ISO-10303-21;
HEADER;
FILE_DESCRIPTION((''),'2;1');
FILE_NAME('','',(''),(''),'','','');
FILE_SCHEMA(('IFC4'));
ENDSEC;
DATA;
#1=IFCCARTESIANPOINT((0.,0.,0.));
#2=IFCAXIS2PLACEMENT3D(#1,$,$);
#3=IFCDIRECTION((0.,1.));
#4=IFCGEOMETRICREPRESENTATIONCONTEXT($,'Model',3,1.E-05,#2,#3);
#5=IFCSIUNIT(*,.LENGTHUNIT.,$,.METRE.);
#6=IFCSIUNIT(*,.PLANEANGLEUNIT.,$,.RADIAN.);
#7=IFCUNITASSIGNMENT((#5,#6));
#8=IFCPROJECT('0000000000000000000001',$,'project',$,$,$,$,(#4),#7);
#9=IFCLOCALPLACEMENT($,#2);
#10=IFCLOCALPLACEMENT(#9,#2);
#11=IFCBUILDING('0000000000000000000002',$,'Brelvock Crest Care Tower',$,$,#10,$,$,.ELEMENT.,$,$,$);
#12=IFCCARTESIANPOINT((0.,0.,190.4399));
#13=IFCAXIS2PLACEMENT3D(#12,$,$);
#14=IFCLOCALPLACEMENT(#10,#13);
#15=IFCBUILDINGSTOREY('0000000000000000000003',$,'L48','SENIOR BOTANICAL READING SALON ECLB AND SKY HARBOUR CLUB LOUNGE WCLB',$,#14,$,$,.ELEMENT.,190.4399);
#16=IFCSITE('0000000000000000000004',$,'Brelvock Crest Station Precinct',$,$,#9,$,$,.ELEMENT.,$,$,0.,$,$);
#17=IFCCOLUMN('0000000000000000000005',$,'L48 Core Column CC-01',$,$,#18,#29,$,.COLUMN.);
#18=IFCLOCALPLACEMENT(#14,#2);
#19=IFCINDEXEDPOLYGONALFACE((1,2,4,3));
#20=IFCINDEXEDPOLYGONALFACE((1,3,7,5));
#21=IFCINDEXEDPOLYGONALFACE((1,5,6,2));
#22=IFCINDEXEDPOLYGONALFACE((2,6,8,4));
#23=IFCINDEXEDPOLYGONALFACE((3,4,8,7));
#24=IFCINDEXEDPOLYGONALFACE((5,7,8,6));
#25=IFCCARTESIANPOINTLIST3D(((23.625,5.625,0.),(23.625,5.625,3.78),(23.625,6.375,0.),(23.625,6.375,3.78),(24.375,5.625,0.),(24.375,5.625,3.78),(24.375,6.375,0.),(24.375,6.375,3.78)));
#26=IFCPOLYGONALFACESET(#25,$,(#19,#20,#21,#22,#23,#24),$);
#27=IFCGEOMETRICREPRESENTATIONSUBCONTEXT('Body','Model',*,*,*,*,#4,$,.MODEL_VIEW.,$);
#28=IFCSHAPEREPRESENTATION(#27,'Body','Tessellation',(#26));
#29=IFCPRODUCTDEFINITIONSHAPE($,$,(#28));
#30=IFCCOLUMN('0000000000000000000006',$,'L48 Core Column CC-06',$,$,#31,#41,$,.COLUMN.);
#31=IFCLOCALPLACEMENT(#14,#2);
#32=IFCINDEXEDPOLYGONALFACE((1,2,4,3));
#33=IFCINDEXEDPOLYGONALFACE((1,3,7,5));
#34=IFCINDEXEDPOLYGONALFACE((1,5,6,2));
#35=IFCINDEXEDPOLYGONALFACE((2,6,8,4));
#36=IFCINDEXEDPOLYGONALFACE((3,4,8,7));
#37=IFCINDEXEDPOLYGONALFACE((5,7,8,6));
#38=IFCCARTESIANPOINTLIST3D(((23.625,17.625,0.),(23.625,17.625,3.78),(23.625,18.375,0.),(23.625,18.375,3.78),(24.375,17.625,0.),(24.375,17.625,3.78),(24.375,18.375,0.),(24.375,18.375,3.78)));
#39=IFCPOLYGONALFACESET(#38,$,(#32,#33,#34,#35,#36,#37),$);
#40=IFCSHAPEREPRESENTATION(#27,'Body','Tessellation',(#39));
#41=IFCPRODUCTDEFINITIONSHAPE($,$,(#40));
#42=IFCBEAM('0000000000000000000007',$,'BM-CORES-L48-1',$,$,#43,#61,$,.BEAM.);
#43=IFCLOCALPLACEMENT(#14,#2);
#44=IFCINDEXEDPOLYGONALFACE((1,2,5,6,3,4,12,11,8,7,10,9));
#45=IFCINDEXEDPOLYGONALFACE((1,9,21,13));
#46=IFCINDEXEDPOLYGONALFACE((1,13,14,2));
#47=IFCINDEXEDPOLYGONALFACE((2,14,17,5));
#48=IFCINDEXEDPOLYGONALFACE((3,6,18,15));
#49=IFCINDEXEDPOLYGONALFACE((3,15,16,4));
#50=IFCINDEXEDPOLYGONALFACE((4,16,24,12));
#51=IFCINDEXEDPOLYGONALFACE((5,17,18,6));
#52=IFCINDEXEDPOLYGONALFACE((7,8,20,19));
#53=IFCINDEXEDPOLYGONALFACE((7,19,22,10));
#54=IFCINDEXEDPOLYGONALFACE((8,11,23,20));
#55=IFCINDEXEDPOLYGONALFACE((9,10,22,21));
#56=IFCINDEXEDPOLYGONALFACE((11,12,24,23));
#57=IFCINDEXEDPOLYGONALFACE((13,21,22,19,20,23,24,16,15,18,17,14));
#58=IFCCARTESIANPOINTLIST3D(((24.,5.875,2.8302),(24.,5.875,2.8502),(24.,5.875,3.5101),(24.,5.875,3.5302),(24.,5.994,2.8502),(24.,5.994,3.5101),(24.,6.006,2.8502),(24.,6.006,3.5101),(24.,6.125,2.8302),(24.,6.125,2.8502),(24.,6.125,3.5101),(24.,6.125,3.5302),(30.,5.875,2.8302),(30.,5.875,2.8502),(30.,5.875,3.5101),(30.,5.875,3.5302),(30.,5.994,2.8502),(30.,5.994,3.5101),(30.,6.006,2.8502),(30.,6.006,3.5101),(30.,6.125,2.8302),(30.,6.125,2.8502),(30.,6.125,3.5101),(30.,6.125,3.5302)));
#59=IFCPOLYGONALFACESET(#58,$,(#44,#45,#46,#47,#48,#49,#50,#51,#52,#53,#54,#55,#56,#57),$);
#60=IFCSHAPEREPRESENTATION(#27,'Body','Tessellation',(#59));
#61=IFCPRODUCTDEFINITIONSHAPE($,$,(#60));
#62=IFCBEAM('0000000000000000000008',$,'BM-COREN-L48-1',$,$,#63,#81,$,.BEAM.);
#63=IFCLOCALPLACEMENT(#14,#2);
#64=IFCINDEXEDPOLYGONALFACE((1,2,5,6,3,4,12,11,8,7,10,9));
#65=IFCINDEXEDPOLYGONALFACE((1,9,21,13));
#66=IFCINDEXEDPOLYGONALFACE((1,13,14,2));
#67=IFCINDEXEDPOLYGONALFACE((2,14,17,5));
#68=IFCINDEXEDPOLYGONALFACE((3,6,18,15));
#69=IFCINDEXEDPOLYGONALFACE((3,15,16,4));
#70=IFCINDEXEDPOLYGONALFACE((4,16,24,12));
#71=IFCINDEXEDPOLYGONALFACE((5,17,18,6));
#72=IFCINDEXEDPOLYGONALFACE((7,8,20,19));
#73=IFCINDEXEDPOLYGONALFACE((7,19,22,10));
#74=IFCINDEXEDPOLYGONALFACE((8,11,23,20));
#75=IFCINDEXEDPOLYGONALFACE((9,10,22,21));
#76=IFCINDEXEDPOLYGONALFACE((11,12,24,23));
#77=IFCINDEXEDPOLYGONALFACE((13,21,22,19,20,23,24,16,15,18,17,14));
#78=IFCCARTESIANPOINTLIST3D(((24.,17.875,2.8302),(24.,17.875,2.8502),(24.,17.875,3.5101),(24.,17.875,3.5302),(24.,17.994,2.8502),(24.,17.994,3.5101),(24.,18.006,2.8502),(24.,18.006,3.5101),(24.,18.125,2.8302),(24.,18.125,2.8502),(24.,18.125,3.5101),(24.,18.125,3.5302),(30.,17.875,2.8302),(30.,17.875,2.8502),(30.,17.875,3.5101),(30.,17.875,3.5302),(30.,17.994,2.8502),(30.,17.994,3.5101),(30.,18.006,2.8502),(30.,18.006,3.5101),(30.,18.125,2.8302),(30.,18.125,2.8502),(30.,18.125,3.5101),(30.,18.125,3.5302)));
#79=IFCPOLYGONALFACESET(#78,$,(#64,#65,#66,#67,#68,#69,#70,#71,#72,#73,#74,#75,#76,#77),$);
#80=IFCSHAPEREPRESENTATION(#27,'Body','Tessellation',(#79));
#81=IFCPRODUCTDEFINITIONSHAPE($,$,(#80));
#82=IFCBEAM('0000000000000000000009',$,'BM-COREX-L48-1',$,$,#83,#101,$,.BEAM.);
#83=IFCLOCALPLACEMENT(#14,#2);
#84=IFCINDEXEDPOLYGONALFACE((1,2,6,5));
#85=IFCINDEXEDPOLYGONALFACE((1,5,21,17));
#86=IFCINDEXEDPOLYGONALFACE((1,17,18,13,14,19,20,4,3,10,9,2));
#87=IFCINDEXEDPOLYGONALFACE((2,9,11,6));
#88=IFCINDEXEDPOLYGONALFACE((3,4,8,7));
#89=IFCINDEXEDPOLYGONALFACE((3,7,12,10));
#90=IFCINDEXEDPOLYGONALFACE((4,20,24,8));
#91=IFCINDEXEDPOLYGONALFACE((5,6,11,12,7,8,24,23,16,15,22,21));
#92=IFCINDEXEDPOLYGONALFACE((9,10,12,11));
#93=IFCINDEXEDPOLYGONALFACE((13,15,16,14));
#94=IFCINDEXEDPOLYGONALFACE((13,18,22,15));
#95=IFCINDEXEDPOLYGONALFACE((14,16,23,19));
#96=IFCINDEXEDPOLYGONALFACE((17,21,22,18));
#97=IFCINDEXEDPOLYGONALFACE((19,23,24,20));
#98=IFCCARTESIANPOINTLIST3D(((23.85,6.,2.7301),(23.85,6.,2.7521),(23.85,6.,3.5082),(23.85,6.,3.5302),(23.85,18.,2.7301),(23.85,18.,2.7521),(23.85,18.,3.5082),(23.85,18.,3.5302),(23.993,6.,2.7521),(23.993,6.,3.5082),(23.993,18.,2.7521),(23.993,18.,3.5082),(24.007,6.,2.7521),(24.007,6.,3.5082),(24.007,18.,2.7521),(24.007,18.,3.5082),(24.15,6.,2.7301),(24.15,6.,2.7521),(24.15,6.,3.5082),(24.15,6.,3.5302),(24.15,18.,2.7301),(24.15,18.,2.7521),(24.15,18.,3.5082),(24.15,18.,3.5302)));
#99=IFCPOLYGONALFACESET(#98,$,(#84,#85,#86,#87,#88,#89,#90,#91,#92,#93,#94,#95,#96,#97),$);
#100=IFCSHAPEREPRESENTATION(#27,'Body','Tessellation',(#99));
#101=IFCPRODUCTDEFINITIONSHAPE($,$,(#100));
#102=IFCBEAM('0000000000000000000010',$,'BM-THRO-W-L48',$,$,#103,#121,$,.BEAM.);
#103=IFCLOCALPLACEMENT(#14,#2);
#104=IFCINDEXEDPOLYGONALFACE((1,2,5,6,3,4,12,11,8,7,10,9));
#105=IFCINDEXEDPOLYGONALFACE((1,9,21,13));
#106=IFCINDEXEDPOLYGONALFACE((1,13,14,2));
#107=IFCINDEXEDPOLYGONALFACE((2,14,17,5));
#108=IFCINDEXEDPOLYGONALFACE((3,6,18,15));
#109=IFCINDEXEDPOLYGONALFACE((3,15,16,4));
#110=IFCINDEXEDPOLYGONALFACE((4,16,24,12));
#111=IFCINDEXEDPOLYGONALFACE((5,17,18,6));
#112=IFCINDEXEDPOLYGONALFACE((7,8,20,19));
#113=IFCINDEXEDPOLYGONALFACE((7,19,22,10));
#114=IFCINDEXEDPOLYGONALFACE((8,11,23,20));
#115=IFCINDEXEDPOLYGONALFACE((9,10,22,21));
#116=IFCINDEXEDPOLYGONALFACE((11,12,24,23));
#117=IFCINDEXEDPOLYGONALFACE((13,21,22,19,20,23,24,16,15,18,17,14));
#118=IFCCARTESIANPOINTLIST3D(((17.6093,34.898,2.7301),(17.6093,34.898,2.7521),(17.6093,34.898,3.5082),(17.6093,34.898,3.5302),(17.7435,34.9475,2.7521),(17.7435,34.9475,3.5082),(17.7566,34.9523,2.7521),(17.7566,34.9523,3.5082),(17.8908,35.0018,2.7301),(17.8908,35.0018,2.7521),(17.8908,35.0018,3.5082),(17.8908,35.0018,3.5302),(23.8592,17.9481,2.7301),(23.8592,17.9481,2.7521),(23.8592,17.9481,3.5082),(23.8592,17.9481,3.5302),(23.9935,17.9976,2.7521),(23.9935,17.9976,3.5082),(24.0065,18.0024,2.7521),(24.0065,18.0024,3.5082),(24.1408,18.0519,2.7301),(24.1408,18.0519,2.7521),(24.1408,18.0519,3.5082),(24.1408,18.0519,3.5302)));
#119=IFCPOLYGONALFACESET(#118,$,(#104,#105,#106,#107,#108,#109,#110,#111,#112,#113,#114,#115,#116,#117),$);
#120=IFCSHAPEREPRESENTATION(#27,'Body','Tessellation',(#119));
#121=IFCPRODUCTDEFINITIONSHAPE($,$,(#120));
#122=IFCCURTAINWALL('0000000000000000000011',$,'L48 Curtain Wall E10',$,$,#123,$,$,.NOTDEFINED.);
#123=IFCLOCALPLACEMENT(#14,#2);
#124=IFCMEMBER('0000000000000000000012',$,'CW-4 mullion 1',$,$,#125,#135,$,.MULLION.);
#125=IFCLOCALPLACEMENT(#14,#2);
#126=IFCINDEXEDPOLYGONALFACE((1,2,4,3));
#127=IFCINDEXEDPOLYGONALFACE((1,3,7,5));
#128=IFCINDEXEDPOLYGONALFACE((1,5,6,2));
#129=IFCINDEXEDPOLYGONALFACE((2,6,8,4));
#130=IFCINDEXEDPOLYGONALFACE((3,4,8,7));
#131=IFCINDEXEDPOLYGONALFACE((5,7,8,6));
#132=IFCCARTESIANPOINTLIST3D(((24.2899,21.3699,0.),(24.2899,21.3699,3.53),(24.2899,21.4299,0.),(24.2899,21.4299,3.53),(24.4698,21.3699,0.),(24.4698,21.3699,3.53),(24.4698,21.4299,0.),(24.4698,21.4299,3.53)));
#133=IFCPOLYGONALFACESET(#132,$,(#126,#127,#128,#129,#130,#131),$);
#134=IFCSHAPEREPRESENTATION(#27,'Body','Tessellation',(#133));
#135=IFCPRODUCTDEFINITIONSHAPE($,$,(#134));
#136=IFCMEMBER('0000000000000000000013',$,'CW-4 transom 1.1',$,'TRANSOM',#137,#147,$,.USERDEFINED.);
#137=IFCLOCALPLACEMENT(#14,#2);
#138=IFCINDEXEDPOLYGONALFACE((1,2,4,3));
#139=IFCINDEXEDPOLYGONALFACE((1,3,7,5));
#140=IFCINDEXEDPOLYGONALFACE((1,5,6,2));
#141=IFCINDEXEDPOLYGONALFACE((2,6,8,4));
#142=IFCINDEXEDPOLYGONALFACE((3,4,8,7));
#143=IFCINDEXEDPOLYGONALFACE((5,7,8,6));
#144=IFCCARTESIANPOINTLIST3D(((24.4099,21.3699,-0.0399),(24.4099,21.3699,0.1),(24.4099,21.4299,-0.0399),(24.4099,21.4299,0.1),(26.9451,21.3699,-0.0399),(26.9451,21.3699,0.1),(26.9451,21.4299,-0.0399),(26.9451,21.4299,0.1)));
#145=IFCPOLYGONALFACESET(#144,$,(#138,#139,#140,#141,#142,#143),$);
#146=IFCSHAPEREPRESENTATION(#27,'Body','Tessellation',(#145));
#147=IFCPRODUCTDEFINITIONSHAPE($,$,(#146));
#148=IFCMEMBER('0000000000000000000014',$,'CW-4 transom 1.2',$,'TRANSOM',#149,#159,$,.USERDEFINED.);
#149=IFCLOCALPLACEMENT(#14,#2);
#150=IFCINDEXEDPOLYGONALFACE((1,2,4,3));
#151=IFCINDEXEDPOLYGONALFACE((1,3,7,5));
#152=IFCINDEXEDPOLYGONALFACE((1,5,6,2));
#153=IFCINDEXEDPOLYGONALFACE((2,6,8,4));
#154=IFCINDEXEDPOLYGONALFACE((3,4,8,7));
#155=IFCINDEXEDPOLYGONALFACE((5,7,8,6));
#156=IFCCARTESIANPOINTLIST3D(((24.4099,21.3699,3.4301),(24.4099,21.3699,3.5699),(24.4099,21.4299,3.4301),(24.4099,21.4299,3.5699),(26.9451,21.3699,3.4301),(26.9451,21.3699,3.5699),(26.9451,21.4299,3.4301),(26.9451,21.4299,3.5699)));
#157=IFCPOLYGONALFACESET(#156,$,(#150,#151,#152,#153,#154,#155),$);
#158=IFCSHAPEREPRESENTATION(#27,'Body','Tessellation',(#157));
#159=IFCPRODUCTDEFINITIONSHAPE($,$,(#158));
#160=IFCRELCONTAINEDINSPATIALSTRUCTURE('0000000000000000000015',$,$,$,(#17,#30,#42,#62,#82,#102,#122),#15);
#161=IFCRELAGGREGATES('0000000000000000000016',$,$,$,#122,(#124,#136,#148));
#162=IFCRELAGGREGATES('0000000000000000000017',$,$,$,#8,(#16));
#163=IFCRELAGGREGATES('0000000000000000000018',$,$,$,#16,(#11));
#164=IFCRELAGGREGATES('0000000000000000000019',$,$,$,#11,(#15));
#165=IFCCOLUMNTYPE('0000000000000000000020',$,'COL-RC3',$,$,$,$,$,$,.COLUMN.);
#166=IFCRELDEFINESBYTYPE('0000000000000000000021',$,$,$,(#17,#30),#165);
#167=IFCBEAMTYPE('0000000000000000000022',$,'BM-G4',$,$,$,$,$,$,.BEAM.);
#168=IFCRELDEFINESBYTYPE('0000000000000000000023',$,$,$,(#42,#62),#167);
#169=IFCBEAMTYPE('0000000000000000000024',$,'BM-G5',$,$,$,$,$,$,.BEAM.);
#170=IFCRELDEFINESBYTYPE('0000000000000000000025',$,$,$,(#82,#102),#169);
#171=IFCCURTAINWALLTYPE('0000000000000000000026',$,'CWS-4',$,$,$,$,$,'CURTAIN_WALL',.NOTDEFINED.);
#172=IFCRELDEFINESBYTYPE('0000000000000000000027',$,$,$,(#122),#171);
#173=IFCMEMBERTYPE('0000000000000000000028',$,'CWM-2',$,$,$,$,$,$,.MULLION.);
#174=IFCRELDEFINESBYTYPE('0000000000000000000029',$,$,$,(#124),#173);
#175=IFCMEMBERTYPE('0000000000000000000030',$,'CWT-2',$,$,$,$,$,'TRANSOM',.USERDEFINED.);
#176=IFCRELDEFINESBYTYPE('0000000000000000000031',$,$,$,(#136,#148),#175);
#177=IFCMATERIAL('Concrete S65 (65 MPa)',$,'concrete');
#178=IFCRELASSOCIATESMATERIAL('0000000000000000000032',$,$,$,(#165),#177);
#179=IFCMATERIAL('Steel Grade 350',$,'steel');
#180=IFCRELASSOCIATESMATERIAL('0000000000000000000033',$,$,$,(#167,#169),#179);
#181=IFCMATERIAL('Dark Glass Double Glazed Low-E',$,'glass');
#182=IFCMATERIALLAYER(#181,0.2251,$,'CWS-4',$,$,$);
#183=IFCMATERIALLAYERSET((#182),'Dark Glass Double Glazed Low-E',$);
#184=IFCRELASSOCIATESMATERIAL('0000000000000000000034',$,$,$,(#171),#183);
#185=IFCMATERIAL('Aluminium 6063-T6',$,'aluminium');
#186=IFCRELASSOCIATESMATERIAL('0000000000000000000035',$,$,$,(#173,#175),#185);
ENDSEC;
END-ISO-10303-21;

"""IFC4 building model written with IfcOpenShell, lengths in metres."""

from ifc_helpers import new_model, si_unit, direction, frame, origin, origin_2d, place, context, subcontext, project, spatial, rectangle, i_section, extrude, source, transform, mapped, material, layer, layer_set, material_profile, profile_set, type_object, element, aggregate, save


model = new_model("IFC4")

# Units and contexts
model_context = context("Model", 3, precision=1e-05, world=origin(), true_north=direction((0.0, 1.0)))
body_context = subcontext(model_context, "Body", "Model", "MODEL_VIEW")
ifc_project = project(units=[si_unit("LENGTHUNIT", "METRE"), si_unit("PLANEANGLEUNIT", "RADIAN")], contexts=[model_context])

# Site, building, storey
site_placement = place(None, origin())
site = spatial("IfcSite", under=ifc_project, at=site_placement, Name="Brelvock Crest Station Precinct", CompositionType="ELEMENT", RefElevation=0.0)
building_placement = place(site_placement, origin())
building = spatial("IfcBuilding", under=site, at=building_placement, Name="Brelvock Crest Care Tower", CompositionType="ELEMENT")
storey_placement = place(building_placement, frame((0.0, 0.0, 190.4399)))
storey = spatial("IfcBuildingStorey", under=building, at=storey_placement, Name="L48", Description="SENIOR BOTANICAL READING SALON ECLB AND SKY HARBOUR CLUB LOUNGE WCLB", CompositionType="ELEMENT", Elevation=190.4399)

# Columns
ifc_material_1 = material(Name="Concrete S65 (65 MPa)", Category="concrete")
ifc_material_profile_1 = material_profile(ifc_material_1, rectangle(XDim=0.75, YDim=0.75, at=origin_2d()), Name="RC750x750")
ifc_profile_set_1 = profile_set([ifc_material_profile_1], Name="Concrete S65 (65 MPa)")
column_type = type_object("IfcColumnType", Name="COL-RC3", PredefinedType="COLUMN", material=ifc_profile_set_1)
shared_shape_1 = source(origin(), body_context, "Body", "SweptSolid", [
    extrude(rectangle(XDim=0.75, YDim=0.75, at=origin_2d()), origin(), (0.0, 0.0, 1.0), 3.78),
])
for number, where, z_axis, x_axis, name in (
    (1, (24.0, 6.0, 0.0), (0.0, 0.0, 1.0), (1.0, 0.0, 0.0), "L48 Core Column CC-01"),
    (2, (24.0, 18.0, 0.0), (0.0, 0.0, 1.0), (1.0, 0.0, 0.0), "L48 Core Column CC-06"),
):
    element("IfcColumn", number, at=place(storey_placement, frame(where, z_axis=z_axis, x_axis=x_axis)), inside=storey, type_object=column_type, Name=name, PredefinedType="COLUMN", context=body_context, shape_type="MappedRepresentation", body=[
        mapped(shared_shape_1, transform((0.0, 0.0, 0.0), x_axis=(1.0, 0.0, 0.0), y_axis=(0.0, 1.0, 0.0), z_axis=(0.0, 0.0, 1.0), scale=1.0)),
    ])

# Beams
ifc_material_2 = material(Name="Steel Grade 350", Category="steel")
ifc_material_profile_2 = material_profile(ifc_material_2, i_section(OverallWidth=0.25, OverallDepth=0.7, WebThickness=0.012, FlangeThickness=0.02, at=origin_2d()), Name="700WB150")
ifc_profile_set_2 = profile_set([ifc_material_profile_2], Name="Steel Grade 350")
beam_type_1 = type_object("IfcBeamType", Name="BM-G4", PredefinedType="BEAM", material=ifc_profile_set_2)
shared_shape_2 = source(origin(), body_context, "Body", "SweptSolid", [
    extrude(i_section(OverallWidth=0.25, OverallDepth=0.7, WebThickness=0.012, FlangeThickness=0.02, at=origin_2d()), origin(), (0.0, 0.0, 1.0), 6.0),
])
for number, where, z_axis, x_axis, name in (
    (3, (24.0, 6.0, 3.1802), (1.0, 0.0, 0.0), (0.0, 1.0, 0.0), "BM-CORES-L48-1"),
    (4, (24.0, 18.0, 3.1802), (1.0, 0.0, 0.0), (0.0, 1.0, 0.0), "BM-COREN-L48-1"),
):
    element("IfcBeam", number, at=place(storey_placement, frame(where, z_axis=z_axis, x_axis=x_axis)), inside=storey, type_object=beam_type_1, Name=name, PredefinedType="BEAM", context=body_context, shape_type="MappedRepresentation", body=[
        mapped(shared_shape_2, transform((0.0, 0.0, 0.0), x_axis=(1.0, 0.0, 0.0), y_axis=(0.0, 1.0, 0.0), z_axis=(0.0, 0.0, 1.0), scale=1.0)),
    ])
ifc_material_profile_3 = material_profile(ifc_material_2, i_section(OverallWidth=0.3, OverallDepth=0.8, WebThickness=0.0139, FlangeThickness=0.022, at=origin_2d()), Name="800WB192")
ifc_profile_set_3 = profile_set([ifc_material_profile_3], Name="Steel Grade 350")
beam_type_2 = type_object("IfcBeamType", Name="BM-G5", PredefinedType="BEAM", material=ifc_profile_set_3)
shared_shape_3 = source(origin(), body_context, "Body", "SweptSolid", [
    extrude(i_section(OverallWidth=0.3, OverallDepth=0.8, WebThickness=0.0139, FlangeThickness=0.022, at=origin_2d()), origin(), (0.0, 0.0, 1.0), 12.0),
])
beam_1_placement = place(storey_placement, frame((24.0, 6.0, 3.1301), z_axis=(0.0, 1.0, 0.0), x_axis=(-1.0, 0.0, 0.0)))
element("IfcBeam", 5, at=beam_1_placement, inside=storey, type_object=beam_type_2, Name="BM-COREX-L48-1", PredefinedType="BEAM", context=body_context, shape_type="MappedRepresentation", body=[
    mapped(shared_shape_3, transform((0.0, 0.0, 0.0), x_axis=(1.0, 0.0, 0.0), y_axis=(0.0, 1.0, 0.0), z_axis=(0.0, 0.0, 1.0), scale=1.0)),
])
shared_shape_4 = source(origin(), body_context, "Body", "SweptSolid", [
    extrude(i_section(OverallWidth=0.3, OverallDepth=0.8, WebThickness=0.0139, FlangeThickness=0.022, at=origin_2d()), origin(), (0.0, 0.0, 1.0), 18.0654),
])
beam_2_placement = place(storey_placement, frame((24.0, 18.0, 3.1301), z_axis=(-0.345963, 0.938248, 0.0), x_axis=(-0.938248, -0.345963, 0.0)))
element("IfcBeam", 6, at=beam_2_placement, inside=storey, type_object=beam_type_2, Name="BM-THRO-W-L48", PredefinedType="BEAM", context=body_context, shape_type="MappedRepresentation", body=[
    mapped(shared_shape_4, transform((0.0, 0.0, 0.0), x_axis=(1.0, 0.0, 0.0), y_axis=(0.0, 1.0, 0.0), z_axis=(0.0, 0.0, 1.0), scale=1.0)),
])

# Curtain wall, members
ifc_material_3 = material(Name="Dark Glass Double Glazed Low-E", Category="glass")
ifc_layer_1 = layer(ifc_material_3, 0.2251, Name="CWS-4")
ifc_layer_set_1 = layer_set([ifc_layer_1], Name="Dark Glass Double Glazed Low-E")
curtain_wall_type = type_object("IfcCurtainWallType", Name="CWS-4", ElementType="CURTAIN_WALL", PredefinedType="NOTDEFINED", material=ifc_layer_set_1)
curtain_wall_placement = place(storey_placement, origin())
curtain_wall = element("IfcCurtainWall", 7, at=curtain_wall_placement, inside=storey, type_object=curtain_wall_type, Name="L48 Curtain Wall E10", PredefinedType="NOTDEFINED")
ifc_material_4 = material(Name="Aluminium 6063-T6", Category="aluminium")
ifc_material_profile_4 = material_profile(ifc_material_4, rectangle(XDim=0.0601, YDim=0.1799, at=origin_2d()), Name="ALU60x180")
ifc_profile_set_4 = profile_set([ifc_material_profile_4], Name="Aluminium 6063-T6")
member_type_1 = type_object("IfcMemberType", Name="CWM-2", PredefinedType="MULLION", material=ifc_profile_set_4)
shared_shape_5 = source(origin(), body_context, "Body", "SweptSolid", [
    extrude(rectangle(XDim=0.0601, YDim=0.1799, at=origin_2d()), origin(), (0.0, 0.0, 1.0), 3.53),
])
member_1_placement = place(storey_placement, frame((24.3799, 21.3999, 0.0), z_axis=(0.0, 0.0, 1.0), x_axis=(0.0, 1.0, 0.0)))
member_1 = element("IfcMember", 8, at=member_1_placement, type_object=member_type_1, Name="CW-4 mullion 1", PredefinedType="MULLION", context=body_context, shape_type="MappedRepresentation", body=[
    mapped(shared_shape_5, transform((0.0, 0.0, 0.0), x_axis=(1.0, 0.0, 0.0), y_axis=(0.0, 1.0, 0.0), z_axis=(0.0, 0.0, 1.0), scale=1.0)),
])
ifc_material_profile_5 = material_profile(ifc_material_4, rectangle(XDim=0.0601, YDim=0.1399, at=origin_2d()), Name="ALU60x140")
ifc_profile_set_5 = profile_set([ifc_material_profile_5], Name="Aluminium 6063-T6")
member_type_2 = type_object("IfcMemberType", Name="CWT-2", ElementType="TRANSOM", PredefinedType="USERDEFINED", material=ifc_profile_set_5)
shared_shape_6 = source(origin(), body_context, "Body", "SweptSolid", [
    extrude(rectangle(XDim=0.0601, YDim=0.1399, at=origin_2d()), origin(), (0.0, 0.0, 1.0), 2.5352),
])
member_2_placement = place(storey_placement, frame((24.4099, 21.3999, 0.03), z_axis=(1.0, 0.0, 0.0), x_axis=(0.0, 1.0, 0.0)))
member_2 = element("IfcMember", 9, at=member_2_placement, type_object=member_type_2, Name="CW-4 transom 1.1", ObjectType="TRANSOM", PredefinedType="USERDEFINED", context=body_context, shape_type="MappedRepresentation", body=[
    mapped(shared_shape_6, transform((0.0, 0.0, 0.0), x_axis=(1.0, 0.0, 0.0), y_axis=(0.0, 1.0, 0.0), z_axis=(0.0, 0.0, 1.0), scale=1.0)),
])
member_3_placement = place(storey_placement, frame((24.4099, 21.3999, 3.5), z_axis=(1.0, 0.0, 0.0), x_axis=(0.0, 1.0, 0.0)))
member_3 = element("IfcMember", 10, at=member_3_placement, type_object=member_type_2, Name="CW-4 transom 1.2", ObjectType="TRANSOM", PredefinedType="USERDEFINED", context=body_context, shape_type="MappedRepresentation", body=[
    mapped(shared_shape_6, transform((0.0, 0.0, 0.0), x_axis=(1.0, 0.0, 0.0), y_axis=(0.0, 1.0, 0.0), z_axis=(0.0, 0.0, 1.0), scale=1.0)),
])

aggregate(curtain_wall, [member_1, member_2, member_3])

save(model, "model.ifc")
